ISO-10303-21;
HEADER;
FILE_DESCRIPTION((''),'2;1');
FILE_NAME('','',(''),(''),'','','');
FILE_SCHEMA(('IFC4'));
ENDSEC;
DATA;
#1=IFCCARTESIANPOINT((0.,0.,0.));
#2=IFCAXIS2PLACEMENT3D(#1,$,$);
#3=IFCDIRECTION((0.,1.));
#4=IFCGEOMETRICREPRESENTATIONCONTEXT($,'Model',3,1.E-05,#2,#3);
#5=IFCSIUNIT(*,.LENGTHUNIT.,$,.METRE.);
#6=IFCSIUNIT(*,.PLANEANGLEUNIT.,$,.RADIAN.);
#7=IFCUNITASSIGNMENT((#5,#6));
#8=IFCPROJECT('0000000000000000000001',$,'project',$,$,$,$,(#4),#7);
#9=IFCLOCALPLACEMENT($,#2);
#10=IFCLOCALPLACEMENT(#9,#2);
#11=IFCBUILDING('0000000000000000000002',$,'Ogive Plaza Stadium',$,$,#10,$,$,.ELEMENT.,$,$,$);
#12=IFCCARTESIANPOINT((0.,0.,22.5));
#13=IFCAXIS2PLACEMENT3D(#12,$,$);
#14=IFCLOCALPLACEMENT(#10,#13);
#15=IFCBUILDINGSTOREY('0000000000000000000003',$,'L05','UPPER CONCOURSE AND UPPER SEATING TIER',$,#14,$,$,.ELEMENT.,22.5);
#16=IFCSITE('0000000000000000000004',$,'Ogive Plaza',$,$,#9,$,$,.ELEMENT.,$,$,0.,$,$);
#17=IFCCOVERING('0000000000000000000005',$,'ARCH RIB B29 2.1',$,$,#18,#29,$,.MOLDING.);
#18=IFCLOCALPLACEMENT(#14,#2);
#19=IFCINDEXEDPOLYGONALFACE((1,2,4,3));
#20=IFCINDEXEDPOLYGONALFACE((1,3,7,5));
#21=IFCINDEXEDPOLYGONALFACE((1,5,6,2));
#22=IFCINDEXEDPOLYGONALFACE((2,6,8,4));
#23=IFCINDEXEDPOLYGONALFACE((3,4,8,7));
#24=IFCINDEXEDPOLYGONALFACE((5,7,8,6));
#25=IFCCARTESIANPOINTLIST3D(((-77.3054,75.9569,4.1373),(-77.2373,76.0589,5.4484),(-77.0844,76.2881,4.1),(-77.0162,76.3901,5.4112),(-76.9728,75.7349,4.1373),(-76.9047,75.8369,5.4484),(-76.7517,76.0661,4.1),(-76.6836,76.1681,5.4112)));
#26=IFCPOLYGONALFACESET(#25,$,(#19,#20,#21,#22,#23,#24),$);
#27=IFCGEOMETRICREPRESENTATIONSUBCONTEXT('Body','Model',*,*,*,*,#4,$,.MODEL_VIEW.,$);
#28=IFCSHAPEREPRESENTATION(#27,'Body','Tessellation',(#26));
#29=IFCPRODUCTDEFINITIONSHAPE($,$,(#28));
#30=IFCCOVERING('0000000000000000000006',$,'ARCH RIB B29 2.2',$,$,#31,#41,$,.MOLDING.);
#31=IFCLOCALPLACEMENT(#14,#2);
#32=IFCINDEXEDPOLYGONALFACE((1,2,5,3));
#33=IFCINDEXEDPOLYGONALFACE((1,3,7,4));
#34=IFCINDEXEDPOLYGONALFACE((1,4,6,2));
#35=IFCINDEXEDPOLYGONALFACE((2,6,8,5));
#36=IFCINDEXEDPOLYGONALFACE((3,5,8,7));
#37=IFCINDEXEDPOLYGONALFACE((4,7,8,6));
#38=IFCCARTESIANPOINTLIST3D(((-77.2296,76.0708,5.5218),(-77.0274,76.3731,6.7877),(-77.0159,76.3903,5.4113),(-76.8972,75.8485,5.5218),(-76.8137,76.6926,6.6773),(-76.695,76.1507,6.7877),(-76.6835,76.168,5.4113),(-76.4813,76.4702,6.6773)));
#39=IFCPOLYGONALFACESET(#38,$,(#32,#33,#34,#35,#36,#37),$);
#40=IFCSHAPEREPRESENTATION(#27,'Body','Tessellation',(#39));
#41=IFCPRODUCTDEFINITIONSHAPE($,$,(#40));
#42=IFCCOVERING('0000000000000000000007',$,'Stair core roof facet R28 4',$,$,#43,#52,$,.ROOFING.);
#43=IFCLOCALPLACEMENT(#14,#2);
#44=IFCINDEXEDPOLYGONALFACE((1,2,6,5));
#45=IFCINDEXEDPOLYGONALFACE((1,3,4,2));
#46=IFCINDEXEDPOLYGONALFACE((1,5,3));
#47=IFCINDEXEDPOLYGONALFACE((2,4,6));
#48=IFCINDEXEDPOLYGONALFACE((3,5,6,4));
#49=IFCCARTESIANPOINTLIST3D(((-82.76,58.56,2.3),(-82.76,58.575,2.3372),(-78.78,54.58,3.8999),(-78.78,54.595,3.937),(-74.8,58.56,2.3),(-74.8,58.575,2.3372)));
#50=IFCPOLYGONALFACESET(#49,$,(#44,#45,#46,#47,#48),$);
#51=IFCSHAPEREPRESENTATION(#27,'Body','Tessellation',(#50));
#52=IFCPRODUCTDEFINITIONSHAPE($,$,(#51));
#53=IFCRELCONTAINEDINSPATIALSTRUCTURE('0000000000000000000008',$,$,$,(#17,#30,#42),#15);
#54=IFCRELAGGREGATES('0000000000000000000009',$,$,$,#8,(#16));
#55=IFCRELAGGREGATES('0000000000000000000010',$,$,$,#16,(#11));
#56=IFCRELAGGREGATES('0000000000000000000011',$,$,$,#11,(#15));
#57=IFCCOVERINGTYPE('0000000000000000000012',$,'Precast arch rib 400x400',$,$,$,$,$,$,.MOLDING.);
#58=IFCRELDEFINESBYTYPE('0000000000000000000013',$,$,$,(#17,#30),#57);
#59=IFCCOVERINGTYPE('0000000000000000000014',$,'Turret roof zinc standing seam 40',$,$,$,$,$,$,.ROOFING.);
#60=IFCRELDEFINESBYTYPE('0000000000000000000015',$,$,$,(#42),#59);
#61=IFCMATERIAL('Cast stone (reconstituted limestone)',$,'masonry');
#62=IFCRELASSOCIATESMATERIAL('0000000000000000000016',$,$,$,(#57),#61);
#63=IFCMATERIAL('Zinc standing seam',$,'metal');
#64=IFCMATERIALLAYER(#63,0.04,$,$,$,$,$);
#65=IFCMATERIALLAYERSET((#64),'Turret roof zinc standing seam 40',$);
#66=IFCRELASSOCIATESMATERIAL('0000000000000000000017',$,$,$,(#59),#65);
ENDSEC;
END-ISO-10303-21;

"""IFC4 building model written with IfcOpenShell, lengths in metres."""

from ifc_helpers import new_model, si_unit, direction, frame, origin, origin_2d, place, context, subcontext, project, spatial, polyline, rectangle, outline, extrude, material, layer, layer_set, material_profile, profile_set, type_object, element, save


model = new_model("IFC4")

# Units and contexts
model_context = context("Model", 3, precision=1e-05, world=origin(), true_north=direction((0.0, 1.0)))
body_context = subcontext(model_context, "Body", "Model", "MODEL_VIEW")
ifc_project = project(units=[si_unit("LENGTHUNIT", "METRE"), si_unit("PLANEANGLEUNIT", "RADIAN")], contexts=[model_context])

# Site, building, storey
site_placement = place(None, origin())
site = spatial("IfcSite", under=ifc_project, at=site_placement, Name="Ogive Plaza", CompositionType="ELEMENT", RefElevation=0.0)
building_placement = place(site_placement, origin())
building = spatial("IfcBuilding", under=site, at=building_placement, Name="Ogive Plaza Stadium", CompositionType="ELEMENT")
storey_placement = place(building_placement, frame((0.0, 0.0, 22.5)))
storey = spatial("IfcBuildingStorey", under=building, at=storey_placement, Name="L05", Description="UPPER CONCOURSE AND UPPER SEATING TIER", CompositionType="ELEMENT", Elevation=22.5)

# Coverings
ifc_material_1 = material(Name="Cast stone (reconstituted limestone)", Category="masonry")
ifc_material_profile_1 = material_profile(ifc_material_1, rectangle(XDim=0.3999, YDim=0.3999, at=origin_2d()), Name="Cast stone 400x400")
ifc_profile_set_1 = profile_set([ifc_material_profile_1], Name="Cast stone (reconstituted limestone)")
covering_type_1 = type_object("IfcCoveringType", Name="Precast arch rib 400x400", PredefinedType="MOLDING", material=ifc_profile_set_1)
for number, where, z_axis, x_axis, name in (
    (1, (-77.0286, 76.0115, 4.1187), (0.05172, 0.077487, 0.995651), (-0.831744, 0.555159, 0.0), "ARCH RIB B29 2.1"),
):
    element("IfcCovering", number, at=place(storey_placement, frame(where, z_axis=z_axis, x_axis=x_axis)), inside=storey, type_object=covering_type_1, Name=name, PredefinedType="MOLDING", context=body_context, shape_type="SweptSolid", body=[
        extrude(rectangle(XDim=0.3999, YDim=0.3999, at=origin_2d()), origin(), (0.0, 0.0, 1.0), 1.3169),
    ])
covering_1_placement = place(storey_placement, frame((-76.9565, 76.1194, 5.4666), z_axis=(0.153485, 0.229486, 0.961134), x_axis=(-0.831223, 0.555939, 0.0)))
element("IfcCovering", 2, at=covering_1_placement, inside=storey, type_object=covering_type_1, Name="ARCH RIB B29 2.2", PredefinedType="MOLDING", context=body_context, shape_type="SweptSolid", body=[
    extrude(rectangle(XDim=0.3999, YDim=0.3999, at=origin_2d()), origin(), (0.0, 0.0, 1.0), 1.3171),
])
ifc_material_2 = material(Name="Zinc standing seam", Category="metal")
ifc_layer_1 = layer(ifc_material_2, 0.04)
ifc_layer_set_1 = layer_set([ifc_layer_1], Name="Turret roof zinc standing seam 40")
covering_type_2 = type_object("IfcCoveringType", Name="Turret roof zinc standing seam 40", PredefinedType="ROOFING", material=ifc_layer_set_1)
covering_2_placement = place(storey_placement, frame((-74.8, 58.575, 2.3372), z_axis=(0.0, 0.37297, 0.927843), x_axis=(-1.0, 0.0, 0.0)))
element("IfcCovering", 3, at=covering_2_placement, inside=storey, type_object=covering_type_2, Name="Stair core roof facet R28 4", PredefinedType="ROOFING", context=body_context, shape_type="SweptSolid", body=[
    extrude(outline(polyline([(0.0, 0.0), (7.96, 0.0), (3.98, 4.2895), (0.0, 0.0)])), origin(), (0.0, 0.0, -1.0), 0.04),
])

save(model, "model.ifc")
